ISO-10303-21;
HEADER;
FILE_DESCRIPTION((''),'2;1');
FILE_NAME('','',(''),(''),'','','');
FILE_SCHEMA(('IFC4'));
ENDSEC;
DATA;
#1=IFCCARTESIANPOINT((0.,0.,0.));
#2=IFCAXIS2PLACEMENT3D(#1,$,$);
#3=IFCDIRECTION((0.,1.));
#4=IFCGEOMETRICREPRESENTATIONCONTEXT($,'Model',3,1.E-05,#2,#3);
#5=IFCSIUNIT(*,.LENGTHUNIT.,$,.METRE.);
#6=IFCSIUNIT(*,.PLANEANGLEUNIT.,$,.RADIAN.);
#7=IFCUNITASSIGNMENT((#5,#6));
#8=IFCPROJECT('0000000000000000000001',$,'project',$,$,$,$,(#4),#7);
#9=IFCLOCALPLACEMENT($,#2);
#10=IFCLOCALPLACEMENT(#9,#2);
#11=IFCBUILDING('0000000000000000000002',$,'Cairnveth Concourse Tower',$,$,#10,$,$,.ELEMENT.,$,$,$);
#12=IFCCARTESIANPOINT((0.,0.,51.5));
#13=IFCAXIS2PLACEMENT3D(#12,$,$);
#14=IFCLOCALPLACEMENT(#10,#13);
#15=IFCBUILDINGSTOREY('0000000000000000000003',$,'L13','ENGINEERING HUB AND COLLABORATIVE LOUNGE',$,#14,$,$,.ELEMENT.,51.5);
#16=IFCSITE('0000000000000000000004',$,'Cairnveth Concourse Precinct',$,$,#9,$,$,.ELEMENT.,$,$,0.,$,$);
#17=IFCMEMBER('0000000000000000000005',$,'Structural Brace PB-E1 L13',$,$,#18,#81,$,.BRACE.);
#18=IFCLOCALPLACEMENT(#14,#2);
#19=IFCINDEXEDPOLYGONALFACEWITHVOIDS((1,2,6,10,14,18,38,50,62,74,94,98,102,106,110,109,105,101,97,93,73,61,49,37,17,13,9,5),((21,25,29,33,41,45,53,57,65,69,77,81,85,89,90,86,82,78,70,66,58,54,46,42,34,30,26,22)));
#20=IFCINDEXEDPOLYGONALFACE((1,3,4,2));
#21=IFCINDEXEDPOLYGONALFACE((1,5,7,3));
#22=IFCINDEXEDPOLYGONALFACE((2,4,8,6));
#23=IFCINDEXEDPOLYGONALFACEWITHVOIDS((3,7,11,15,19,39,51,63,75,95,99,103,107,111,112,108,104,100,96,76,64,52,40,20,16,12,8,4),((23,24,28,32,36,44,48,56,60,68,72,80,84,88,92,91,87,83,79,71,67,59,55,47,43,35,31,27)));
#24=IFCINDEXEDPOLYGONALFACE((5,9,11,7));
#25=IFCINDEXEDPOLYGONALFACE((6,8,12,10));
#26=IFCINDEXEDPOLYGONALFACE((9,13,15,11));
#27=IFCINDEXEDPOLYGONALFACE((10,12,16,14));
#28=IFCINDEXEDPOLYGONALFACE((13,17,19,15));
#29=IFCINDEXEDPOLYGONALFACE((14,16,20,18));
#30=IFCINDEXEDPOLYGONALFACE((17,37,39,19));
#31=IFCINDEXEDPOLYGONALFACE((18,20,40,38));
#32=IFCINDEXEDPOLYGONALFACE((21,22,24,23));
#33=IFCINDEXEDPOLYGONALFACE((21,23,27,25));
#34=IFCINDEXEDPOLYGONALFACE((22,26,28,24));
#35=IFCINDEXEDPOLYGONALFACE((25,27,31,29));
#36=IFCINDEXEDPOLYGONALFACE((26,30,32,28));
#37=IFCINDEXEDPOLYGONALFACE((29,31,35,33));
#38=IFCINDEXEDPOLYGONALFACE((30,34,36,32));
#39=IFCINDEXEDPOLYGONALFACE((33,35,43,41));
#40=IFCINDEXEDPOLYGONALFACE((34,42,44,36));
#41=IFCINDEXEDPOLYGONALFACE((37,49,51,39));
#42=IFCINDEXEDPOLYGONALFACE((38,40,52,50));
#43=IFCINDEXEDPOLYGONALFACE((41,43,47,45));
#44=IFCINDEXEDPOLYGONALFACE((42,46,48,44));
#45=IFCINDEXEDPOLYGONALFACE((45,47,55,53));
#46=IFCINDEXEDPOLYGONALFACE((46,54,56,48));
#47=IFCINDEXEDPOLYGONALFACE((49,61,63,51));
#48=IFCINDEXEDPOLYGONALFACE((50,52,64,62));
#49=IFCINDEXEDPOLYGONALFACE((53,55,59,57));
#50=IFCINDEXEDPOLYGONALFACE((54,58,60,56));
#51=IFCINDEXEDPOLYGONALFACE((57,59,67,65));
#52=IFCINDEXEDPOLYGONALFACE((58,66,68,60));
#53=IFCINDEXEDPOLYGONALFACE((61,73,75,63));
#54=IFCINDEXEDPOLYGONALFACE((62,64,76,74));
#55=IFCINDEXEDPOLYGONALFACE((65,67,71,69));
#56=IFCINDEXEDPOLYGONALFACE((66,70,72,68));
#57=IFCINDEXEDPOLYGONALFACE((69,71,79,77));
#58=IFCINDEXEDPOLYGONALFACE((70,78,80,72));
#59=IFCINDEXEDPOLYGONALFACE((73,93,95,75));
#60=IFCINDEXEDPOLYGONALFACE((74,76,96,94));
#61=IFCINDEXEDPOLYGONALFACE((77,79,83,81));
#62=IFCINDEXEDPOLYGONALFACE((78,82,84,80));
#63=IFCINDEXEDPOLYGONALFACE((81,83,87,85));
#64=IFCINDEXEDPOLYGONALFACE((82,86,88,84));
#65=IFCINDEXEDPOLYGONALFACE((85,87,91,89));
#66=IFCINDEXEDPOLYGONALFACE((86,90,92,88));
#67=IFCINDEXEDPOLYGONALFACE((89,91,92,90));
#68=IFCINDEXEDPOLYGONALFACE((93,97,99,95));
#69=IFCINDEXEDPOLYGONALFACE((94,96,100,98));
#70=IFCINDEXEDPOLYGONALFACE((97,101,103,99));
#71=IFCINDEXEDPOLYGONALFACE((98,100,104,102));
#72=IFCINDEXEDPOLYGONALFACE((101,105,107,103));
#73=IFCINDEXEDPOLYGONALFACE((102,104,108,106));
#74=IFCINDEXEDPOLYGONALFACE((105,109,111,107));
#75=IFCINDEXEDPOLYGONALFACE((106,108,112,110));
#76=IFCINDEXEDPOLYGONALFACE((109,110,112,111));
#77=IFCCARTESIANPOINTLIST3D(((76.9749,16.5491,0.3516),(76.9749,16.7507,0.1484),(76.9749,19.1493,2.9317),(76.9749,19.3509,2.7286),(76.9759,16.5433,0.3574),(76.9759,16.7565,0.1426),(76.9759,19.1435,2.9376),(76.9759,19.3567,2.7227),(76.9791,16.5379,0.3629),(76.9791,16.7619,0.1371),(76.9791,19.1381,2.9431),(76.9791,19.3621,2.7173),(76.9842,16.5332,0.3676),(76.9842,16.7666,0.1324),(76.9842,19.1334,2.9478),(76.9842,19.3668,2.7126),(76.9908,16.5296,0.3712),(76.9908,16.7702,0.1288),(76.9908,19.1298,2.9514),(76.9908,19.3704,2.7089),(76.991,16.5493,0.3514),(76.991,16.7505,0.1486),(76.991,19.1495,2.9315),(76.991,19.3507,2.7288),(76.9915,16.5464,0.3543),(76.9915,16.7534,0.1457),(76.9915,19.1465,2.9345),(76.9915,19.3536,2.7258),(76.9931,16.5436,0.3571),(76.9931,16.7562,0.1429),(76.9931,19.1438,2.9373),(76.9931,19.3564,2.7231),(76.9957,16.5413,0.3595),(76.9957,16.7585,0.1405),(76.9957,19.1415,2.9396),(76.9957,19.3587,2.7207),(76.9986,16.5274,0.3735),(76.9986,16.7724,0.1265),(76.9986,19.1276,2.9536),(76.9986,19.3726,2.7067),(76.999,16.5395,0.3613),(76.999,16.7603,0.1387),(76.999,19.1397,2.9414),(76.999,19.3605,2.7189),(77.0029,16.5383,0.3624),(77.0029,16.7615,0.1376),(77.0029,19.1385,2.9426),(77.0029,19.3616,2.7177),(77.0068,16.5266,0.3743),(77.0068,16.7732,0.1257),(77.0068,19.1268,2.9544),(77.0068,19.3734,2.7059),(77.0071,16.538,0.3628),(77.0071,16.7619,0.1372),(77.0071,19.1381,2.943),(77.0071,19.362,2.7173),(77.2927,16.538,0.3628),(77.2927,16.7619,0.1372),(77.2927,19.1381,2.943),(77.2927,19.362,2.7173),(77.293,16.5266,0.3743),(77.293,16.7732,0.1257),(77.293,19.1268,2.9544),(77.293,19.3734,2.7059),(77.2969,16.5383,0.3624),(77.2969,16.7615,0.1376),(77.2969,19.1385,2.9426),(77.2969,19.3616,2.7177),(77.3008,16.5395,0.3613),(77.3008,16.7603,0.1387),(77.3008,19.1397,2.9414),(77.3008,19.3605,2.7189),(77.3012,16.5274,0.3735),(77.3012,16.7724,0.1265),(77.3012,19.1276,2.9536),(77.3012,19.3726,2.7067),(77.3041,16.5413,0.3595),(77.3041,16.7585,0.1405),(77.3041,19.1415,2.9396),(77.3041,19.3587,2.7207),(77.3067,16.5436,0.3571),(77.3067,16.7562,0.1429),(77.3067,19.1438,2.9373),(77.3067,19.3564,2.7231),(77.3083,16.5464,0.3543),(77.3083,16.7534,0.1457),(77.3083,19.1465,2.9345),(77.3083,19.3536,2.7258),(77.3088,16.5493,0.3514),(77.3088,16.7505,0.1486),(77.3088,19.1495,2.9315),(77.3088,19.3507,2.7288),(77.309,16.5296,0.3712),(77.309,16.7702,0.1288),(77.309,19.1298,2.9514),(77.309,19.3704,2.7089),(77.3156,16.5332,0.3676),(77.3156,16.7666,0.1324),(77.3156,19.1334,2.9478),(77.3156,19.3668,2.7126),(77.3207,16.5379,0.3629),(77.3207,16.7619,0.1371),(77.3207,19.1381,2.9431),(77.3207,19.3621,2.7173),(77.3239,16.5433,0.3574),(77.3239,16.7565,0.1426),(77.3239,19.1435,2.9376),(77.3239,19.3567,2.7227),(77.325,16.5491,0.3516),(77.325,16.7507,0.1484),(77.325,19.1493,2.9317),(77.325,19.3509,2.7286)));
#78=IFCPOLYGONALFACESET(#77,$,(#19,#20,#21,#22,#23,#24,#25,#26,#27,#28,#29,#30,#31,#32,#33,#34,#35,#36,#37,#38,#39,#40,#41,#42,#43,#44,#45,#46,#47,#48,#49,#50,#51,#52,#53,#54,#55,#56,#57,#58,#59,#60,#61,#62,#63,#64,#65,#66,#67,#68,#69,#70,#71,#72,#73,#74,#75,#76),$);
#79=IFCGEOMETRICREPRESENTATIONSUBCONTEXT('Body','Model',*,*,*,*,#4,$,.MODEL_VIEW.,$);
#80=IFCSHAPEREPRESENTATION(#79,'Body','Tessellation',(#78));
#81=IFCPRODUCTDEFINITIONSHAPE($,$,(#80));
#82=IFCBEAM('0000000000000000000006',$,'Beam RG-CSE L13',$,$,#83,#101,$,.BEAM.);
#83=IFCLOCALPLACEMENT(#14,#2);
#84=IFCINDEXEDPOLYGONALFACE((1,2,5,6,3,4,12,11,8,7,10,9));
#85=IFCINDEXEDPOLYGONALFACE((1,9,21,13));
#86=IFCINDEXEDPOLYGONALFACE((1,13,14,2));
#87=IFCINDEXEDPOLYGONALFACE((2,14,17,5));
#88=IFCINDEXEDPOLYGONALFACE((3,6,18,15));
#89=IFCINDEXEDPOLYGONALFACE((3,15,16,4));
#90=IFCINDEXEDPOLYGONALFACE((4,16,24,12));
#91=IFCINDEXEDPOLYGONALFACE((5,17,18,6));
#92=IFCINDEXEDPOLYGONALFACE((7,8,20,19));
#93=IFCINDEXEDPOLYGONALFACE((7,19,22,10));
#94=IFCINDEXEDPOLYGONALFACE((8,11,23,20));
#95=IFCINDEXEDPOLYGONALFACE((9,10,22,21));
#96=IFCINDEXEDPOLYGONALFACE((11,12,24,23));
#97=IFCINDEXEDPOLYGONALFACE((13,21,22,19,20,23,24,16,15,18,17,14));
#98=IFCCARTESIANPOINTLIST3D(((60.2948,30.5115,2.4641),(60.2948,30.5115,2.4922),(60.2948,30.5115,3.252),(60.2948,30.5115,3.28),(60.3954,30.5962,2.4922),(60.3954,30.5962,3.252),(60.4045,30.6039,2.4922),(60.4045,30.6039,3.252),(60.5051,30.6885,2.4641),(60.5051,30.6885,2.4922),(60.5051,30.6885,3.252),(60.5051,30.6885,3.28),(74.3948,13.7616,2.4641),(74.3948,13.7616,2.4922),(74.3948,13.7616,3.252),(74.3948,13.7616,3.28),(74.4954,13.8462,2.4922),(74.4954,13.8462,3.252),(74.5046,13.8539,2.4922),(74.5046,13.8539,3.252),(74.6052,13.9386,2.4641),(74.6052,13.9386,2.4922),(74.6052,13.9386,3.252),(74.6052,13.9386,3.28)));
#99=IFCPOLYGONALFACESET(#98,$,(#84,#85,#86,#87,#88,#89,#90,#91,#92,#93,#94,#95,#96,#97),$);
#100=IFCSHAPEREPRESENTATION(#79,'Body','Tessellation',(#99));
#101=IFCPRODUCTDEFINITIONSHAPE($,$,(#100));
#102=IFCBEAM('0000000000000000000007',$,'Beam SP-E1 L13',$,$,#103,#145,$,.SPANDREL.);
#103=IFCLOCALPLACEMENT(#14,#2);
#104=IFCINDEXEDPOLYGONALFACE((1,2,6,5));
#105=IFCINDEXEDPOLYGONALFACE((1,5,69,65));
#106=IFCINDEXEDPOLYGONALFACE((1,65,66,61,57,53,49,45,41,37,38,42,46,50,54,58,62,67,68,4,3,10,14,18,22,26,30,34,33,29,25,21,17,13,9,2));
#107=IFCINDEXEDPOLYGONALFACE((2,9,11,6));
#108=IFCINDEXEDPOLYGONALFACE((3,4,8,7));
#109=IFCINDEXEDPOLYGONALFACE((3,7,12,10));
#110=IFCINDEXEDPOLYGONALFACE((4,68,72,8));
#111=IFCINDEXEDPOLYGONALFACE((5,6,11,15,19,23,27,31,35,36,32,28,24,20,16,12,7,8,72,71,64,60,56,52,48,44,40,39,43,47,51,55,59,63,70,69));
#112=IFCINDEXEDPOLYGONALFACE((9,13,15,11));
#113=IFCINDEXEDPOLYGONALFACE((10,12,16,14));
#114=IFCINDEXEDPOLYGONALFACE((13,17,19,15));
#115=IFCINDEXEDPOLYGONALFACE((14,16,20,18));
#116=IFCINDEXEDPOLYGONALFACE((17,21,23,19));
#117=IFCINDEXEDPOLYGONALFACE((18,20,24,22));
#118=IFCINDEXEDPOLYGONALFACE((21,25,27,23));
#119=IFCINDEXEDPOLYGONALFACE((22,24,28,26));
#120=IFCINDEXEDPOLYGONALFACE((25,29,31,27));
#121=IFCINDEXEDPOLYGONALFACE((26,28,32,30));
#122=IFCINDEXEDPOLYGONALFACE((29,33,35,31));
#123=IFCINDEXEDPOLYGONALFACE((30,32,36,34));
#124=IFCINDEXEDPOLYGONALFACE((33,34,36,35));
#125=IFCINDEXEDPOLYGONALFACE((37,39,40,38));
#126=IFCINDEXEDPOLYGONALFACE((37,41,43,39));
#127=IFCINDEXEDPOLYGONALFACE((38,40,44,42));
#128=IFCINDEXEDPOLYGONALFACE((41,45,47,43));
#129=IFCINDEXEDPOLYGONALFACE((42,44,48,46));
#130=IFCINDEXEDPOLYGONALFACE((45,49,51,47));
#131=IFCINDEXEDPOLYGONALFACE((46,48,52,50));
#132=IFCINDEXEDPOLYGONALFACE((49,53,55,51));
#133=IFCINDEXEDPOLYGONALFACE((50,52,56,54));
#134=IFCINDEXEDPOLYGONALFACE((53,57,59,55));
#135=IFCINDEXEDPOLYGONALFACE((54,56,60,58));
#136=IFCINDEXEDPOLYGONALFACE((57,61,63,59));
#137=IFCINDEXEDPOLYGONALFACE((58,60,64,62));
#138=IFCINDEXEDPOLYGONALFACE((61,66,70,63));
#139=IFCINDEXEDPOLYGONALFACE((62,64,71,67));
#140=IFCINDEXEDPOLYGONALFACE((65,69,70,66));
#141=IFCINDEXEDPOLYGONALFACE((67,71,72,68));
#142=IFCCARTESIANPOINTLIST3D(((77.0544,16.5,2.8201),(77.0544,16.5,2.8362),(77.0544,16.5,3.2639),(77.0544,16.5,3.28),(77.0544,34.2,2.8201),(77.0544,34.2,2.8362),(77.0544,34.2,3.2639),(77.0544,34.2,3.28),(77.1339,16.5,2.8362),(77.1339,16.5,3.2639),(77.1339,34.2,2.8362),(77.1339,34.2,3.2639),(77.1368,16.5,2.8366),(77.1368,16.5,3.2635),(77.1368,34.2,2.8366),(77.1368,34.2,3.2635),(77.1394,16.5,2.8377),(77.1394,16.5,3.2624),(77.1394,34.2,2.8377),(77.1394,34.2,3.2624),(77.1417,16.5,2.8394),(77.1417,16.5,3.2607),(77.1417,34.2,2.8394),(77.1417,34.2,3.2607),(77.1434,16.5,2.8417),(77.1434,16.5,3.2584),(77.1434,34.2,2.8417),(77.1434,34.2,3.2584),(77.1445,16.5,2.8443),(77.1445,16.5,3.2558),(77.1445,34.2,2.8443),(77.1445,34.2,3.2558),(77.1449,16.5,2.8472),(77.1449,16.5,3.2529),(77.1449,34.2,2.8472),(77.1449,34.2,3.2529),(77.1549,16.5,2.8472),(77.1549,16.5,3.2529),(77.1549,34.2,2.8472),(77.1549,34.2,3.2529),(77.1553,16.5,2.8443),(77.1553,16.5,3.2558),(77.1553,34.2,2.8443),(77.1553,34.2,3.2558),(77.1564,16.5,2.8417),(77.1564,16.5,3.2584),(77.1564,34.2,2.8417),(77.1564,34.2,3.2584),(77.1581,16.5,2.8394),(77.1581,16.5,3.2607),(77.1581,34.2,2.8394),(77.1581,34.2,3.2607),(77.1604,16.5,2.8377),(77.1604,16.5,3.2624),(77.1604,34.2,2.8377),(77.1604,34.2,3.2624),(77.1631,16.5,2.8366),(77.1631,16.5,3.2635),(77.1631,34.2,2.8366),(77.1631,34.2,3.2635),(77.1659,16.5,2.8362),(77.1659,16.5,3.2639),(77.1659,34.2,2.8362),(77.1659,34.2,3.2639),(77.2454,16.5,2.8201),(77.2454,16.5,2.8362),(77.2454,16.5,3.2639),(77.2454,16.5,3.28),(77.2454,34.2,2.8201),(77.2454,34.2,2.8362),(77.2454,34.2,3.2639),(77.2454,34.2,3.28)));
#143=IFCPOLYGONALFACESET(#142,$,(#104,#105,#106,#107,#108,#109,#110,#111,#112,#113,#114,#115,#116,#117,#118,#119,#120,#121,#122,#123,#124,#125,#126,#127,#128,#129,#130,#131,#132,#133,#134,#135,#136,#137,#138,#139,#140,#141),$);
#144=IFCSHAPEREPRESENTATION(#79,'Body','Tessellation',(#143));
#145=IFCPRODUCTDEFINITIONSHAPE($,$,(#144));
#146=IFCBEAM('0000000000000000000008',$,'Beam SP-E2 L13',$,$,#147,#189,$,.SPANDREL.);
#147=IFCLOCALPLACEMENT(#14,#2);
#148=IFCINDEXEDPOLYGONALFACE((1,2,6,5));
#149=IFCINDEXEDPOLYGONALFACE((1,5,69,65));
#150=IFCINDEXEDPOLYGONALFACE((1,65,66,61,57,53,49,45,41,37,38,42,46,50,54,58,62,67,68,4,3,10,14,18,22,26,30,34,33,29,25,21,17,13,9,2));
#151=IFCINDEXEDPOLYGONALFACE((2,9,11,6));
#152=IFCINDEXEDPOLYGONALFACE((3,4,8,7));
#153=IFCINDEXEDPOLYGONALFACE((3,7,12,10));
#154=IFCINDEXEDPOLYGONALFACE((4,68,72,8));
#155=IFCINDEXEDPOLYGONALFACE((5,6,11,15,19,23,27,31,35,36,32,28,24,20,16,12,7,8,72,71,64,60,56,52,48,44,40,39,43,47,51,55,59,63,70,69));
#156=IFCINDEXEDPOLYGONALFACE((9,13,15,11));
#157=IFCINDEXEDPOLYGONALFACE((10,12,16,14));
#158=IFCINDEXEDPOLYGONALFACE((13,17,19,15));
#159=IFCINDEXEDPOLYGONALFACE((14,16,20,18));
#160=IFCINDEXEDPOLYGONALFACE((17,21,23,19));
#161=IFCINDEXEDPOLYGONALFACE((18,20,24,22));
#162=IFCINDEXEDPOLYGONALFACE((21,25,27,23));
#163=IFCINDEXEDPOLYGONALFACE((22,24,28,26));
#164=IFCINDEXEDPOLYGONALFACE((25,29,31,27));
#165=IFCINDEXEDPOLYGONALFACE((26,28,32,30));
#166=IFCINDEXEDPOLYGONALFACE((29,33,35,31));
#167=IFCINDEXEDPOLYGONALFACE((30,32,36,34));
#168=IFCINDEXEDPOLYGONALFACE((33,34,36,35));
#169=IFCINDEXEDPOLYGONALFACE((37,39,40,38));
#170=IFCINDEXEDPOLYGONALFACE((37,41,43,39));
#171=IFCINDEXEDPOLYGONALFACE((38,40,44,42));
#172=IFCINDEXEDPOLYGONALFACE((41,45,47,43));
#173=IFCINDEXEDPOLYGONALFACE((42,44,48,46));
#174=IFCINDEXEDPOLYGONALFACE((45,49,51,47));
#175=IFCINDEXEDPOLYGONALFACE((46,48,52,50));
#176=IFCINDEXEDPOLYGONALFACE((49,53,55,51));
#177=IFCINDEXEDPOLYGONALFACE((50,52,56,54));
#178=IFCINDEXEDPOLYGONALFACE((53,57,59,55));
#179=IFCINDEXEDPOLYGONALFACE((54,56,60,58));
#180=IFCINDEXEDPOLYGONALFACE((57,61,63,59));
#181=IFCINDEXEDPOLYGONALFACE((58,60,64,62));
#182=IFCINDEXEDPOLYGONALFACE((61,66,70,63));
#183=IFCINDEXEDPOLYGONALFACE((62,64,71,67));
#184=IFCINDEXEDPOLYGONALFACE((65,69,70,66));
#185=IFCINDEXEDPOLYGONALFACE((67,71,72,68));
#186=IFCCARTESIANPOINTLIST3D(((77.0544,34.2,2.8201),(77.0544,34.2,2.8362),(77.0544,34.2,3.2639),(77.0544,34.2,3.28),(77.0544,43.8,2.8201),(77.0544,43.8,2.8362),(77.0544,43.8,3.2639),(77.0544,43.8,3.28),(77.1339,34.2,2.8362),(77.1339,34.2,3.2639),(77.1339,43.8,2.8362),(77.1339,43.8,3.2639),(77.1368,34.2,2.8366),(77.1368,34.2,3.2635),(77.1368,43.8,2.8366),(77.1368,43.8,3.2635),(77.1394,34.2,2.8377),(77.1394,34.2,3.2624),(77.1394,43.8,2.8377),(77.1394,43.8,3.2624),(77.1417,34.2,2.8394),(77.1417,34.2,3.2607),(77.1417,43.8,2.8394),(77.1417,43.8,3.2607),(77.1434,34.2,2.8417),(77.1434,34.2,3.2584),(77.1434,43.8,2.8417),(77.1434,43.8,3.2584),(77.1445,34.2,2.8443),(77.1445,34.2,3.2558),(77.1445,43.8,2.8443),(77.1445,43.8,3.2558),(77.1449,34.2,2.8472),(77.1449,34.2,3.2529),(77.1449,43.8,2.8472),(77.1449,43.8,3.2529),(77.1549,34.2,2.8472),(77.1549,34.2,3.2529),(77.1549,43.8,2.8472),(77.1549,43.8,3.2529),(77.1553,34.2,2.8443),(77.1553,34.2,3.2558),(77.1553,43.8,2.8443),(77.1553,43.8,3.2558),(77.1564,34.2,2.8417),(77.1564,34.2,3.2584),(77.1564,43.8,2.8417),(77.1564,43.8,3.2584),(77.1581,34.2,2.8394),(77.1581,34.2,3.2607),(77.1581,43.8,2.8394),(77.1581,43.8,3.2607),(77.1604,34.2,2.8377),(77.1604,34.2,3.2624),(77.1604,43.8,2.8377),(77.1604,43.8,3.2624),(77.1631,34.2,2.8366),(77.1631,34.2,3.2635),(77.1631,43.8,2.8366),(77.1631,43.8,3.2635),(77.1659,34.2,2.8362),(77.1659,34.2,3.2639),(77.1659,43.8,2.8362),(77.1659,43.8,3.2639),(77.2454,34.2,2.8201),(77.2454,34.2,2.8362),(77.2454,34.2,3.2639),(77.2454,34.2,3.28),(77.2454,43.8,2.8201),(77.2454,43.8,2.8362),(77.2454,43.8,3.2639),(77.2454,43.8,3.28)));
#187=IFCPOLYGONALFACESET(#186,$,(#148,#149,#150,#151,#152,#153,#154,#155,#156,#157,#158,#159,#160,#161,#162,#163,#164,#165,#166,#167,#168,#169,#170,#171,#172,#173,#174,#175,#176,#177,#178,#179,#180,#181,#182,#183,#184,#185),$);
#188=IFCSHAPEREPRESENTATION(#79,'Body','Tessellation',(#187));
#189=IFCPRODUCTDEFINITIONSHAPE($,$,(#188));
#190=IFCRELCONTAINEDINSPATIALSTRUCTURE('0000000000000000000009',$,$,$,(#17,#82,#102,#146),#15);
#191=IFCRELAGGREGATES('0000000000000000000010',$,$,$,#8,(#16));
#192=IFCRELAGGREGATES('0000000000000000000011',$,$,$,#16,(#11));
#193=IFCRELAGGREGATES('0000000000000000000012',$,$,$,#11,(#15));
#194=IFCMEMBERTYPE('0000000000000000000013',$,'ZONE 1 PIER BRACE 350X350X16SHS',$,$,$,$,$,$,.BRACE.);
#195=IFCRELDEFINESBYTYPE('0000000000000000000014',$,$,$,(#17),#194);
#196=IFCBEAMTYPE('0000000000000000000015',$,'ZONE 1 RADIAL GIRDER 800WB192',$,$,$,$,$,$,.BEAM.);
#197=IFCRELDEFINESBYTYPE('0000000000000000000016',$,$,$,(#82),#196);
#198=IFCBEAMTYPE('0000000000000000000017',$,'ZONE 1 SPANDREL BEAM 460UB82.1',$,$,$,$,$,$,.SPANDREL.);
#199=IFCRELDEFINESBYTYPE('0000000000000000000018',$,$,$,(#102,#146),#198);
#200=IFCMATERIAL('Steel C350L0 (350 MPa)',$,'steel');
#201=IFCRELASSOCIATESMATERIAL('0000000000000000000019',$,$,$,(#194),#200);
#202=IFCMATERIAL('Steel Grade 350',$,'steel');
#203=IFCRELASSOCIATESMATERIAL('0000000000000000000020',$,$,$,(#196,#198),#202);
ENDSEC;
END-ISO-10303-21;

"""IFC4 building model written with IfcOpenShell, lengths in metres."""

from ifc_helpers import new_model, si_unit, direction, frame, origin, origin_2d, place, context, subcontext, project, spatial, hollow_rectangle, i_section, extrude, material, material_profile, profile_set, type_object, element, save


model = new_model("IFC4")

# Units and contexts
model_context = context("Model", 3, precision=1e-05, world=origin(), true_north=direction((0.0, 1.0)))
body_context = subcontext(model_context, "Body", "Model", "MODEL_VIEW")
ifc_project = project(units=[si_unit("LENGTHUNIT", "METRE"), si_unit("PLANEANGLEUNIT", "RADIAN")], contexts=[model_context])

# Site, building, storey
site_placement = place(None, origin())
site = spatial("IfcSite", under=ifc_project, at=site_placement, Name="Cairnveth Concourse Precinct", CompositionType="ELEMENT", RefElevation=0.0)
building_placement = place(site_placement, origin())
building = spatial("IfcBuilding", under=site, at=building_placement, Name="Cairnveth Concourse Tower", CompositionType="ELEMENT")
storey_placement = place(building_placement, frame((0.0, 0.0, 51.5)))
storey = spatial("IfcBuildingStorey", under=building, at=storey_placement, Name="L13", Description="ENGINEERING HUB AND COLLABORATIVE LOUNGE", CompositionType="ELEMENT", Elevation=51.5)

# Shared definitions
ifc_material_1 = material(Name="Steel Grade 350", Category="steel")

# Member
ifc_material_2 = material(Name="Steel C350L0 (350 MPa)", Category="steel")
ifc_material_profile_1 = material_profile(ifc_material_2, hollow_rectangle(XDim=0.3501, YDim=0.3501, WallThickness=0.0161, InnerFilletRadius=0.0161, OuterFilletRadius=0.032, at=origin_2d()), Name="350x350x16.0SHS")
ifc_profile_set_1 = profile_set([ifc_material_profile_1], Name="Steel C350L0 (350 MPa)")
member_type = type_object("IfcMemberType", Name="ZONE 1 PIER BRACE 350X350X16SHS", PredefinedType="BRACE", material=ifc_profile_set_1)
for number, where, z_axis, x_axis, name in (
    (1, (77.1499, 16.6499, 0.25), (0.0, 0.709834, 0.704369), (-1.0, 0.0, 0.0), "Structural Brace PB-E1 L13"),
):
    element("IfcMember", number, at=place(storey_placement, frame(where, z_axis=z_axis, x_axis=x_axis)), inside=storey, type_object=member_type, Name=name, PredefinedType="BRACE", context=body_context, shape_type="SweptSolid", body=[
        extrude(hollow_rectangle(XDim=0.3501, YDim=0.3501, WallThickness=0.0161, InnerFilletRadius=0.0161, OuterFilletRadius=0.032, at=origin_2d()), origin(), (0.0, 0.0, 1.0), 3.6631),
    ])

# Beams
ifc_material_profile_2 = material_profile(ifc_material_1, i_section(OverallWidth=0.2749, OverallDepth=0.8159, WebThickness=0.012, FlangeThickness=0.0281, at=origin_2d()), Name="800WB192")
ifc_profile_set_2 = profile_set([ifc_material_profile_2], Name="Steel Grade 350")
beam_type_1 = type_object("IfcBeamType", Name="ZONE 1 RADIAL GIRDER 800WB192", PredefinedType="BEAM", material=ifc_profile_set_2)
beam_1_placement = place(storey_placement, frame((74.5, 13.8501, 2.8721), z_axis=(-0.643998, 0.765027, 0.0), x_axis=(-0.765027, -0.643998, 0.0)))
element("IfcBeam", 2, at=beam_1_placement, inside=storey, type_object=beam_type_1, Name="Beam RG-CSE L13", PredefinedType="BEAM", context=body_context, shape_type="SweptSolid", body=[
    extrude(i_section(OverallWidth=0.2749, OverallDepth=0.8159, WebThickness=0.012, FlangeThickness=0.0281, at=origin_2d()), origin(), (0.0, 0.0, 1.0), 21.8945),
])
ifc_material_profile_3 = material_profile(ifc_material_1, i_section(OverallWidth=0.1909, OverallDepth=0.46, WebThickness=0.01, FlangeThickness=0.0161, FilletRadius=0.011, at=origin_2d()), Name="460UB82.1")
ifc_profile_set_3 = profile_set([ifc_material_profile_3], Name="Steel Grade 350")
beam_type_2 = type_object("IfcBeamType", Name="ZONE 1 SPANDREL BEAM 460UB82.1", PredefinedType="SPANDREL", material=ifc_profile_set_3)
beam_2_placement = place(storey_placement, frame((77.1499, 16.5, 3.05), z_axis=(0.0, 1.0, 0.0), x_axis=(-1.0, 0.0, 0.0)))
element("IfcBeam", 3, at=beam_2_placement, inside=storey, type_object=beam_type_2, Name="Beam SP-E1 L13", PredefinedType="SPANDREL", context=body_context, shape_type="SweptSolid", body=[
    extrude(i_section(OverallWidth=0.1909, OverallDepth=0.46, WebThickness=0.01, FlangeThickness=0.0161, FilletRadius=0.011, at=origin_2d()), origin(), (0.0, 0.0, 1.0), 17.7),
])
beam_3_placement = place(storey_placement, frame((77.1499, 34.2, 3.05), z_axis=(0.0, 1.0, 0.0), x_axis=(-1.0, 0.0, 0.0)))
element("IfcBeam", 4, at=beam_3_placement, inside=storey, type_object=beam_type_2, Name="Beam SP-E2 L13", PredefinedType="SPANDREL", context=body_context, shape_type="SweptSolid", body=[
    extrude(i_section(OverallWidth=0.1909, OverallDepth=0.46, WebThickness=0.01, FlangeThickness=0.0161, FilletRadius=0.011, at=origin_2d()), origin(), (0.0, 0.0, 1.0), 9.6001),
])

save(model, "model.ifc")
